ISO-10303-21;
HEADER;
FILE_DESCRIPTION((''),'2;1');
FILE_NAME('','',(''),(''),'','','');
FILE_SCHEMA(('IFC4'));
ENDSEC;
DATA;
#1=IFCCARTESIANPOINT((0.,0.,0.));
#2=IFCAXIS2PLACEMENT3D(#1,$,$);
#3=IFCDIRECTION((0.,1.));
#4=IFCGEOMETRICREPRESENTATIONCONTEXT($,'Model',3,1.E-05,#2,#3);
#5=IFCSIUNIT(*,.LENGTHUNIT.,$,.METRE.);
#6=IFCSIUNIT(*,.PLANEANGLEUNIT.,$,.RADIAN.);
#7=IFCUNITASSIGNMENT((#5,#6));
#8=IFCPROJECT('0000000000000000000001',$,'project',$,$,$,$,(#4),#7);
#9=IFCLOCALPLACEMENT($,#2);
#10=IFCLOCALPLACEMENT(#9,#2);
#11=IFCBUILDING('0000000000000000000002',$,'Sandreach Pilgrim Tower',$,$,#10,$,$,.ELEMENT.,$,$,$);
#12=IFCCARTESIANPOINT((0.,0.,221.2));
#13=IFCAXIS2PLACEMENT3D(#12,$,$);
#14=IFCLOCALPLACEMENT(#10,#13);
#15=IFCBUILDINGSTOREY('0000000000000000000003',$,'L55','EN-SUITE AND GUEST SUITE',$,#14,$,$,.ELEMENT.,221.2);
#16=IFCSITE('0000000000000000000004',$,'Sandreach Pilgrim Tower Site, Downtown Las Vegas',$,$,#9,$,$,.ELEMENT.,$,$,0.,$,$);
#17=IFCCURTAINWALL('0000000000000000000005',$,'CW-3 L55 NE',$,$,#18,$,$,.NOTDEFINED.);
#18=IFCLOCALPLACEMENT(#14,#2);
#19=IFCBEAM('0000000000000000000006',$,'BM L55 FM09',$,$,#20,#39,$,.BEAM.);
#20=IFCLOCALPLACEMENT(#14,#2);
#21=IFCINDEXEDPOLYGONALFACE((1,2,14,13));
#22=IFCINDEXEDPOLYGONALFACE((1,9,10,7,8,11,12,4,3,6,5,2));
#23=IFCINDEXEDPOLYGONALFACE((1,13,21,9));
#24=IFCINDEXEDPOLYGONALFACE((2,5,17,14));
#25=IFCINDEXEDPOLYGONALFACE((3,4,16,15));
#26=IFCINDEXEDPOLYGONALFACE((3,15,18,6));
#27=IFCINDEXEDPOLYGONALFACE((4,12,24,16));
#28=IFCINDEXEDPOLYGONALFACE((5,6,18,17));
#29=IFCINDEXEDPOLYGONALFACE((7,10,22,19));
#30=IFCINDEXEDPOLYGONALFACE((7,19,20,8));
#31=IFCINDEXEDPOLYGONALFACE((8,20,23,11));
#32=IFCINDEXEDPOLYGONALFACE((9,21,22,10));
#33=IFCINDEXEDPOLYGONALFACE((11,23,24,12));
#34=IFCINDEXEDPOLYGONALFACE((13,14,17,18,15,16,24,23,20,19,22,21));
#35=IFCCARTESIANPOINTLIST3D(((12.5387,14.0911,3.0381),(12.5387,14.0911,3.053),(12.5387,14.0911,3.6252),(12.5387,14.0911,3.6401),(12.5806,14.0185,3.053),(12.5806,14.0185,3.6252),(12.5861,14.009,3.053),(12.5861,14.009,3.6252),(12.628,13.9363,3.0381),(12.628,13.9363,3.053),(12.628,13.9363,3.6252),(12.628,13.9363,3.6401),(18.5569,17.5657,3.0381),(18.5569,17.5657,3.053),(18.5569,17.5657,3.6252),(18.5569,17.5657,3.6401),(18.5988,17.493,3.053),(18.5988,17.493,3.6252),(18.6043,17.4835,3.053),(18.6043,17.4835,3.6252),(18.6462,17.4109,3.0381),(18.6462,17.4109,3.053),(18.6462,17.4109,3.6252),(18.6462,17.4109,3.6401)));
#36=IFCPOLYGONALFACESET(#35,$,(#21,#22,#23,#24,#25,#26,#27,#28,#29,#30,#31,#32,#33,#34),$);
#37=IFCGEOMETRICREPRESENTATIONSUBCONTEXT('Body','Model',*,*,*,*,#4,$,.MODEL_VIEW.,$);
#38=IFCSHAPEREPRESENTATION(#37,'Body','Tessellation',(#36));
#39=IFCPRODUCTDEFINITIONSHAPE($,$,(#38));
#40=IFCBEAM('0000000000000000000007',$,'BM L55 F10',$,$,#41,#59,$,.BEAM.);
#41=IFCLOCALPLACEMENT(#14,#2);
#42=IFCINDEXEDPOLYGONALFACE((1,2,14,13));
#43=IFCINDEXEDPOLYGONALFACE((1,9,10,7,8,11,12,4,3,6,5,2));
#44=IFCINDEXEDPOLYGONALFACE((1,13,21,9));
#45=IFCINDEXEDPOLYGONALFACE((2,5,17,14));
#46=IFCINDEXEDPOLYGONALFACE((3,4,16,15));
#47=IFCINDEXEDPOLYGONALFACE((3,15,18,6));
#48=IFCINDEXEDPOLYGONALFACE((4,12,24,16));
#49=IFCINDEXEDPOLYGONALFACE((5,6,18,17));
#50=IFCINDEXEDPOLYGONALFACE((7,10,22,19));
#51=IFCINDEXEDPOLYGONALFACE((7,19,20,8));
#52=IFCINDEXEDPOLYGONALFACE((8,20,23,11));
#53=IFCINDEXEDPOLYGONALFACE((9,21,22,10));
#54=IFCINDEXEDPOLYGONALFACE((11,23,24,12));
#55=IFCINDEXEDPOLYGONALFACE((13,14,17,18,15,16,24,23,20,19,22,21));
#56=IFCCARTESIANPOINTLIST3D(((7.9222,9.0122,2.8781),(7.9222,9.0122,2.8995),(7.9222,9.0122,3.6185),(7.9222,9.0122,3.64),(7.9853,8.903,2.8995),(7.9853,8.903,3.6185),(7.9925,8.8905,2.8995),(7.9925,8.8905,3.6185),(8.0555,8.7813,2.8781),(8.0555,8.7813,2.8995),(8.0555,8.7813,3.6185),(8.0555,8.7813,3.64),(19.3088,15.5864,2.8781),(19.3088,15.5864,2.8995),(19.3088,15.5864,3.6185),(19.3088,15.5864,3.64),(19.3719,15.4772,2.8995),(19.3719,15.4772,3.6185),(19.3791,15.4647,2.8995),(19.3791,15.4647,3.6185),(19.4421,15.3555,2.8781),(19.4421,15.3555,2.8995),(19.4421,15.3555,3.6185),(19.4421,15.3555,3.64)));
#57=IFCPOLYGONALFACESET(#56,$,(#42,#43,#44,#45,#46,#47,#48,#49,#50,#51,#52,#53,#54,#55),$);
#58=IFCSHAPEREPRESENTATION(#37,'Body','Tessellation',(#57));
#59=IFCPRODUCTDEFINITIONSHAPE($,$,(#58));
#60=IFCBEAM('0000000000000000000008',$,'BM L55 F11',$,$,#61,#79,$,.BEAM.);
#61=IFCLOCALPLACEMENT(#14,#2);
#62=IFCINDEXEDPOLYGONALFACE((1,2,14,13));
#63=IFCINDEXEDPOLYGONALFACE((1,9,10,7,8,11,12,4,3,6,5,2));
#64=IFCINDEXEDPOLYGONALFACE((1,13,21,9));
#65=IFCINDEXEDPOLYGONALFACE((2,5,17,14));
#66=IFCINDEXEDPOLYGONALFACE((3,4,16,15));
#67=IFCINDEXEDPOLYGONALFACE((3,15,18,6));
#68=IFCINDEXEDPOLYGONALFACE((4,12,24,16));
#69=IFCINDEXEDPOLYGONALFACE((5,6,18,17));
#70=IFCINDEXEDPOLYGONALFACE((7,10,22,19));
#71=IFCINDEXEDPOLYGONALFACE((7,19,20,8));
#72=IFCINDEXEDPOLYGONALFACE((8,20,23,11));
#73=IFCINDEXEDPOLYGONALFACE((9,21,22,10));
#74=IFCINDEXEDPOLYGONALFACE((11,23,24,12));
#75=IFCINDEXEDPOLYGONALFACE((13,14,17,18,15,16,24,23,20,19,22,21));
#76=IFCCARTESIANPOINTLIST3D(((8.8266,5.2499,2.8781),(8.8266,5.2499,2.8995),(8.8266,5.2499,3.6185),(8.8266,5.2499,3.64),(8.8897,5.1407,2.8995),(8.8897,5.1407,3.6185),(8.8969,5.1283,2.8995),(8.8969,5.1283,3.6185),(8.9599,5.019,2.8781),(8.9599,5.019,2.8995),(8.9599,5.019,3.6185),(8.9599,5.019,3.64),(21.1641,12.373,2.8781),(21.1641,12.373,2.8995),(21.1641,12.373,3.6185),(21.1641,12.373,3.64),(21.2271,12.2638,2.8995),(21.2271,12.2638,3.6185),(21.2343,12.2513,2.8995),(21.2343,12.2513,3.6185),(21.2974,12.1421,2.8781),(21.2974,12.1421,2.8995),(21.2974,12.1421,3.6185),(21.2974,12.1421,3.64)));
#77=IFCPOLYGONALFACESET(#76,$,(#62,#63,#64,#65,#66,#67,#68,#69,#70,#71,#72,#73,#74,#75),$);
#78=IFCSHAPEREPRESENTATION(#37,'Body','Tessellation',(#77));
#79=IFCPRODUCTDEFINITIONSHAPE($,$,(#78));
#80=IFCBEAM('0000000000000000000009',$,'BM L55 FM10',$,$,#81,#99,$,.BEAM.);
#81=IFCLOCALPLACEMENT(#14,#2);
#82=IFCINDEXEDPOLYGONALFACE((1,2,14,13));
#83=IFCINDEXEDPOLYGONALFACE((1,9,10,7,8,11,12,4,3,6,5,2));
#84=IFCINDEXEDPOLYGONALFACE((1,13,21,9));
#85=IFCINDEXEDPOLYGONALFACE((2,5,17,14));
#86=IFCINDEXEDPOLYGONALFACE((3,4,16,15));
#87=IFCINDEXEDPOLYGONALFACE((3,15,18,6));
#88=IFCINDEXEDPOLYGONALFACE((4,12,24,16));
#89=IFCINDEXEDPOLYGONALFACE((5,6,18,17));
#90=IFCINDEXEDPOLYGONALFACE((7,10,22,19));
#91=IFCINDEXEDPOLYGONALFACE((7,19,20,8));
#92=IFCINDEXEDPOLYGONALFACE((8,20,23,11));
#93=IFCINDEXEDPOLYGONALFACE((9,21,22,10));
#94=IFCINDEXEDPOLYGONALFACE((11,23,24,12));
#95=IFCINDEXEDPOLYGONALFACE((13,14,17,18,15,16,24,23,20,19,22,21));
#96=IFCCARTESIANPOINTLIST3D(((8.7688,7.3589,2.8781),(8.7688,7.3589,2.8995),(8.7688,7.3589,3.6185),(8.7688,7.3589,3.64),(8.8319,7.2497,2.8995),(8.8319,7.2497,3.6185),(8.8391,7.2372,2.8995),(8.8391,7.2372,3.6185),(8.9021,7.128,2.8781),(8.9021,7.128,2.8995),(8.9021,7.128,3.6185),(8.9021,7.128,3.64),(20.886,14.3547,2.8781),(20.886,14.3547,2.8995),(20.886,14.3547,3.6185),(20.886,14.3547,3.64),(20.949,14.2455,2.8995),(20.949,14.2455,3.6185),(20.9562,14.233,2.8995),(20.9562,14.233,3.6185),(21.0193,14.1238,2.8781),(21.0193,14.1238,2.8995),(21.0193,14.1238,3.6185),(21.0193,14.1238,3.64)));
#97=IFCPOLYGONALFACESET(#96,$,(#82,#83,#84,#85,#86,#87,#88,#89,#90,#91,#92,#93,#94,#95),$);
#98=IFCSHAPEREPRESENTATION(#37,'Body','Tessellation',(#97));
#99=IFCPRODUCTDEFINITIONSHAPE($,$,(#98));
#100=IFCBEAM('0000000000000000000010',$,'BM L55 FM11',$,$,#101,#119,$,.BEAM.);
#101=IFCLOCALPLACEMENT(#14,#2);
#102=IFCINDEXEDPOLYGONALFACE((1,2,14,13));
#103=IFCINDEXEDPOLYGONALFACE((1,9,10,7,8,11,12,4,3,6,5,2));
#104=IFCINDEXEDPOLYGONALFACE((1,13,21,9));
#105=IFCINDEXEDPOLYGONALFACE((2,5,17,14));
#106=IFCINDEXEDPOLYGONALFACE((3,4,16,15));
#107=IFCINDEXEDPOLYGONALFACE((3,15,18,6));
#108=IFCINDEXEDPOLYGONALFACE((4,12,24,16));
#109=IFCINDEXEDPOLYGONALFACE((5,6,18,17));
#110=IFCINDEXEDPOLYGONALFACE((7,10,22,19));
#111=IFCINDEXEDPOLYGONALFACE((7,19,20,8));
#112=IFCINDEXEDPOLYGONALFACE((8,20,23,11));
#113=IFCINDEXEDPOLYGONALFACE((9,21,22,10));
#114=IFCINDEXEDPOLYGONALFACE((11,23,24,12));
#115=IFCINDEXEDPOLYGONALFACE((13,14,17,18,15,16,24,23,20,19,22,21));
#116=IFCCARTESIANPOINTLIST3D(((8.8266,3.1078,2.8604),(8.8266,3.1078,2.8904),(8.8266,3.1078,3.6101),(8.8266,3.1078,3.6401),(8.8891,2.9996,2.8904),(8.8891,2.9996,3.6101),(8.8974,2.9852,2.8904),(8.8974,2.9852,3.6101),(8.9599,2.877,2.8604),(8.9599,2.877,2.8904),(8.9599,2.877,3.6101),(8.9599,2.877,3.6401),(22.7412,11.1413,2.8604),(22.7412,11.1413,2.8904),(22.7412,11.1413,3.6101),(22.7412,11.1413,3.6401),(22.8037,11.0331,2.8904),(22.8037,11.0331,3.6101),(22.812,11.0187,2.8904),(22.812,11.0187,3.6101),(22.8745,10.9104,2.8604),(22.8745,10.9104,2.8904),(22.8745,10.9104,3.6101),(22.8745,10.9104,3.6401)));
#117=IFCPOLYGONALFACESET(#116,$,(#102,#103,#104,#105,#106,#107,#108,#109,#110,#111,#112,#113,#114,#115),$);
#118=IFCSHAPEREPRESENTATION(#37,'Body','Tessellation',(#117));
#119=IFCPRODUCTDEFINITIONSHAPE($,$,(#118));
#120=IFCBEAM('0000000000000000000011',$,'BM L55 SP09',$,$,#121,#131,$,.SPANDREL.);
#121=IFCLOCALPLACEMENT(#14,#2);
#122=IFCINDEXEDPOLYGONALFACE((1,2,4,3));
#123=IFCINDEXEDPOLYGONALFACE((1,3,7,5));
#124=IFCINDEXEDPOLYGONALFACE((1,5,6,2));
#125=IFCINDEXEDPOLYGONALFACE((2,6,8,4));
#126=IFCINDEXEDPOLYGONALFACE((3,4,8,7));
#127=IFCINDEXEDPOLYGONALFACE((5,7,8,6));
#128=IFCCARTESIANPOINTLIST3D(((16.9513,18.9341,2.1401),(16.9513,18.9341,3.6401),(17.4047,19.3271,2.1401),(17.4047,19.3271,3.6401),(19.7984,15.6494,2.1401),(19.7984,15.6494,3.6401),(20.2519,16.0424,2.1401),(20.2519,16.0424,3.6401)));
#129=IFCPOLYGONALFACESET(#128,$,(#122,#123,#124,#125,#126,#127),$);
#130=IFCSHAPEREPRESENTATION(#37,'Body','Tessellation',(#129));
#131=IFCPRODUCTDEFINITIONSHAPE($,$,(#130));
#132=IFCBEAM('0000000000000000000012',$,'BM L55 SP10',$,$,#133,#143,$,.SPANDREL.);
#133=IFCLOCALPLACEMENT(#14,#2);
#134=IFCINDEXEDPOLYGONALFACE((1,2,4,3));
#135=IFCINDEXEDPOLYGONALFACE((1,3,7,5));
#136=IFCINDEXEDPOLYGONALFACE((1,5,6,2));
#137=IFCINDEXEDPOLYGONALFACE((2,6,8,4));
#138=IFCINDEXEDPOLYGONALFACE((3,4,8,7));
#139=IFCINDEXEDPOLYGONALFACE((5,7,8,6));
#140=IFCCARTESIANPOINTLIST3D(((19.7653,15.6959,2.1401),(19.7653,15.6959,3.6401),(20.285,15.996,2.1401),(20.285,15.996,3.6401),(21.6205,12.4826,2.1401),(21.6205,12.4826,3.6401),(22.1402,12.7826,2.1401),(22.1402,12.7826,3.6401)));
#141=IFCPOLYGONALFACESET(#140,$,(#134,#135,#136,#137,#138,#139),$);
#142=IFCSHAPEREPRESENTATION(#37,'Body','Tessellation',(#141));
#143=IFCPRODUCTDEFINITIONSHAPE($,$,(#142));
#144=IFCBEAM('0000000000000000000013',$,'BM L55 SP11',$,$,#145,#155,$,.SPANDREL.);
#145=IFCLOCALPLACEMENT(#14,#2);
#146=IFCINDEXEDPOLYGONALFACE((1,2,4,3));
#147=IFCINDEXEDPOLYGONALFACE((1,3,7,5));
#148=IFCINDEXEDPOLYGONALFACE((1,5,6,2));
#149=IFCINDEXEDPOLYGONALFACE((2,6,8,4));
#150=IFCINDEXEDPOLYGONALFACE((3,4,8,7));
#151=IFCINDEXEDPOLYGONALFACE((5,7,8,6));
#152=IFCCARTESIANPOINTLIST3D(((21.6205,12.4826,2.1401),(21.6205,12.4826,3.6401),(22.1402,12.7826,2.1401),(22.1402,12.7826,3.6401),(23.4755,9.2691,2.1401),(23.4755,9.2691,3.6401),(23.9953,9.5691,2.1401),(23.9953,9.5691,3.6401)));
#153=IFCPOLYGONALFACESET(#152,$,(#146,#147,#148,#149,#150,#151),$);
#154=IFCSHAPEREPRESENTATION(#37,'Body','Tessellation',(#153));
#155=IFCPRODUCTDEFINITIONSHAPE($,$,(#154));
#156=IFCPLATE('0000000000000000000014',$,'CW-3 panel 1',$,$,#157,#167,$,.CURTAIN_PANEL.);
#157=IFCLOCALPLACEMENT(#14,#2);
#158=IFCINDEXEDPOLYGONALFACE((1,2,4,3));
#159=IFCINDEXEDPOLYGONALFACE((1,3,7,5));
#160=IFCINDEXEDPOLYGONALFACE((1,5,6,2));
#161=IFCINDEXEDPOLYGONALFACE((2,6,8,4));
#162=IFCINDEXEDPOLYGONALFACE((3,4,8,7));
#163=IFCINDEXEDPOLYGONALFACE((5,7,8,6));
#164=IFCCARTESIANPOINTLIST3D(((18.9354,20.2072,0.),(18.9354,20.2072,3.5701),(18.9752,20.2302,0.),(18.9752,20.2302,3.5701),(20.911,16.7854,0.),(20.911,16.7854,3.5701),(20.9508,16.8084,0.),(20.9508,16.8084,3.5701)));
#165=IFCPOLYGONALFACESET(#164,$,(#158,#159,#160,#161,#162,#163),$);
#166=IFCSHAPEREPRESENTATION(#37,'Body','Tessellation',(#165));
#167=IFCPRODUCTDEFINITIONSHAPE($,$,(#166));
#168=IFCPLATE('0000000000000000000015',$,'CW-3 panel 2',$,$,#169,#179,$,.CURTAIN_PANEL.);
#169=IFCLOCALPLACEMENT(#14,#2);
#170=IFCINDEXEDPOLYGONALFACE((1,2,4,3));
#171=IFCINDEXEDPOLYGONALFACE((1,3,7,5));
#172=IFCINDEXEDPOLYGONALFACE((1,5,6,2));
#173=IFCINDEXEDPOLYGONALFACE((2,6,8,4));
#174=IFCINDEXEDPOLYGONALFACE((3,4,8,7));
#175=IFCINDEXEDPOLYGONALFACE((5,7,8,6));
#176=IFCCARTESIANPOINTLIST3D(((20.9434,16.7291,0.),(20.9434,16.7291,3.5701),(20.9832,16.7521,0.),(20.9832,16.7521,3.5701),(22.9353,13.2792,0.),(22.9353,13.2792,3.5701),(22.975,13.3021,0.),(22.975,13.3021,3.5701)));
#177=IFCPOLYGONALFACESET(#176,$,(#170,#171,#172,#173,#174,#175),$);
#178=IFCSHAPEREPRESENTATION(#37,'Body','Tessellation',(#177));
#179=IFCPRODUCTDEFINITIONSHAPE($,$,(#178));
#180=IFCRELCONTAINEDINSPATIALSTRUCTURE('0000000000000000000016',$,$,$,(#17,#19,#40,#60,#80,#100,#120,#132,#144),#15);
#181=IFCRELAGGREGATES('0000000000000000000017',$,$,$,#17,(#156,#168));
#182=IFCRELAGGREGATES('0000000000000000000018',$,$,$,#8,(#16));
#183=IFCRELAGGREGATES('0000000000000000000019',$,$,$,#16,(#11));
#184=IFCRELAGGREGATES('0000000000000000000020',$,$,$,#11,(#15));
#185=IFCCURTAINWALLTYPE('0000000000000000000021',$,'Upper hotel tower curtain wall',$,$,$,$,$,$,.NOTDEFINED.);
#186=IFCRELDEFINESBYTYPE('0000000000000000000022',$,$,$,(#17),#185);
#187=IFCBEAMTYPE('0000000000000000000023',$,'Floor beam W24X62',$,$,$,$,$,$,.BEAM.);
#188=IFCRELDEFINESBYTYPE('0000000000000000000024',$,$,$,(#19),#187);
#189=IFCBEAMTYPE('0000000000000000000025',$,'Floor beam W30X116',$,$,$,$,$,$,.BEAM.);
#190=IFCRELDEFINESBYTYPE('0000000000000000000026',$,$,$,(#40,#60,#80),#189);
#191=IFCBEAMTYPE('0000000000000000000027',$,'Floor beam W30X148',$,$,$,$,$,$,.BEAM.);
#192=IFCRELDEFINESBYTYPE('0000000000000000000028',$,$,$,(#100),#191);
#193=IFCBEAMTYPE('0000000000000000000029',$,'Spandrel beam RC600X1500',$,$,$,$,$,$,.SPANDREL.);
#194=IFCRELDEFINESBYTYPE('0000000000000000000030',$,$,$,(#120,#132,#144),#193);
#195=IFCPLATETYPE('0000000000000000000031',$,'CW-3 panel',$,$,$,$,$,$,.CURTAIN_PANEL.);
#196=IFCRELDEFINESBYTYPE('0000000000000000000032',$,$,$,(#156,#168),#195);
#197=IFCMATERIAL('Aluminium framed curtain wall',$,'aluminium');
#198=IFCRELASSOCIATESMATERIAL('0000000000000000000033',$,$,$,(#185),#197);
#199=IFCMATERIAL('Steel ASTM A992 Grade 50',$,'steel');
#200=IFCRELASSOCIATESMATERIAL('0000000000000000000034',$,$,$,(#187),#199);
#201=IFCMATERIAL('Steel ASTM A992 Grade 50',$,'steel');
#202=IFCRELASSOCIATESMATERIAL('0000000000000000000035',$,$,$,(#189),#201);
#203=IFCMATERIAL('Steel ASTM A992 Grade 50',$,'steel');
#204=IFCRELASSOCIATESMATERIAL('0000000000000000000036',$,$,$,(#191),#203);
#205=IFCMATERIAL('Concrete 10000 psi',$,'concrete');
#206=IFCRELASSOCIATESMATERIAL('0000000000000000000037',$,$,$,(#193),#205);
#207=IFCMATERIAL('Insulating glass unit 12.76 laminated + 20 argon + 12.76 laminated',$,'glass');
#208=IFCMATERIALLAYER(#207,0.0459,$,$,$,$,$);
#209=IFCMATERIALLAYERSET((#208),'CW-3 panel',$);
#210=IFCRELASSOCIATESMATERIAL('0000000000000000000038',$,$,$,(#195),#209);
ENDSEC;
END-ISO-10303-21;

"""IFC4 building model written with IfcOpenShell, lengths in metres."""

from ifc_helpers import new_model, si_unit, direction, frame, origin, origin_2d, place, context, subcontext, project, spatial, rectangle, i_section, extrude, material, layer, layer_set, material_profile, profile_set, type_object, element, aggregate, save


model = new_model("IFC4")

# Units and contexts
model_context = context("Model", 3, precision=1e-05, world=origin(), true_north=direction((0.0, 1.0)))
body_context = subcontext(model_context, "Body", "Model", "MODEL_VIEW")
ifc_project = project(units=[si_unit("LENGTHUNIT", "METRE"), si_unit("PLANEANGLEUNIT", "RADIAN")], contexts=[model_context])

# Site, building, storey
site_placement = place(None, origin())
site = spatial("IfcSite", under=ifc_project, at=site_placement, Name="Sandreach Pilgrim Tower Site, Downtown Las Vegas", CompositionType="ELEMENT", RefElevation=0.0)
building_placement = place(site_placement, origin())
building = spatial("IfcBuilding", under=site, at=building_placement, Name="Sandreach Pilgrim Tower", CompositionType="ELEMENT")
storey_placement = place(building_placement, frame((0.0, 0.0, 221.2)))
storey = spatial("IfcBuildingStorey", under=building, at=storey_placement, Name="L55", Description="EN-SUITE AND GUEST SUITE", CompositionType="ELEMENT", Elevation=221.2)

# Shared definitions
ifc_material_1 = material(Name="Aluminium framed curtain wall", Category="aluminium")
curtain_wall_type = type_object("IfcCurtainWallType", Name="Upper hotel tower curtain wall", PredefinedType="NOTDEFINED", material=ifc_material_1)

# Curtain wall
curtain_wall_1_placement = place(storey_placement, origin())
curtain_wall_1 = element("IfcCurtainWall", 1, at=curtain_wall_1_placement, inside=storey, type_object=curtain_wall_type, Name="CW-3 L55 NE", PredefinedType="NOTDEFINED")

# Beams
ifc_material_2 = material(Name="Steel ASTM A992 Grade 50", Category="steel")
ifc_material_profile_1 = material_profile(ifc_material_2, i_section(OverallWidth=0.1787, OverallDepth=0.6021, WebThickness=0.011, FlangeThickness=0.0149, at=origin_2d()), Name="W24X62")
ifc_profile_set_1 = profile_set([ifc_material_profile_1], Name="Steel ASTM A992 Grade 50")
beam_type_1 = type_object("IfcBeamType", Name="Floor beam W24X62", PredefinedType="BEAM", material=ifc_profile_set_1)
beam_1_placement = place(storey_placement, frame((18.6016, 17.4883, 3.3391), z_axis=(-0.866029, -0.499993, 0.0), x_axis=(0.499993, -0.866029, 0.0)))
element("IfcBeam", 2, at=beam_1_placement, inside=storey, type_object=beam_type_1, Name="BM L55 FM09", PredefinedType="BEAM", context=body_context, shape_type="SweptSolid", body=[
    extrude(i_section(OverallWidth=0.1787, OverallDepth=0.6021, WebThickness=0.011, FlangeThickness=0.0149, at=origin_2d()), origin(), (0.0, 0.0, 1.0), 6.9492),
])
ifc_material_3 = material(Name="Steel ASTM A992 Grade 50", Category="steel")
ifc_material_profile_2 = material_profile(ifc_material_3, i_section(OverallWidth=0.2666, OverallDepth=0.762, WebThickness=0.0144, FlangeThickness=0.0215, at=origin_2d()), Name="W30X116")
ifc_profile_set_2 = profile_set([ifc_material_profile_2], Name="Steel ASTM A992 Grade 50")
beam_type_2 = type_object("IfcBeamType", Name="Floor beam W30X116", PredefinedType="BEAM", material=ifc_profile_set_2)
beam_2_placement = place(storey_placement, frame((19.3755, 15.4709, 3.259), z_axis=(-0.866022, -0.500005, 0.0), x_axis=(0.500005, -0.866022, 0.0)))
element("IfcBeam", 3, at=beam_2_placement, inside=storey, type_object=beam_type_2, Name="BM L55 F10", PredefinedType="BEAM", context=body_context, shape_type="SweptSolid", body=[
    extrude(i_section(OverallWidth=0.2666, OverallDepth=0.762, WebThickness=0.0144, FlangeThickness=0.0215, at=origin_2d()), origin(), (0.0, 0.0, 1.0), 13.1482),
])
beam_3_placement = place(storey_placement, frame((21.2307, 12.2576, 3.259), z_axis=(-0.866024, -0.500002, 0.0), x_axis=(0.500002, -0.866024, 0.0)))
element("IfcBeam", 4, at=beam_3_placement, inside=storey, type_object=beam_type_2, Name="BM L55 F11", PredefinedType="BEAM", context=body_context, shape_type="SweptSolid", body=[
    extrude(i_section(OverallWidth=0.2666, OverallDepth=0.762, WebThickness=0.0144, FlangeThickness=0.0215, at=origin_2d()), origin(), (0.0, 0.0, 1.0), 14.2461),
])
beam_4_placement = place(storey_placement, frame((20.9526, 14.2393, 3.259), z_axis=(-0.866026, -0.499999, 0.0), x_axis=(0.499999, -0.866026, 0.0)))
element("IfcBeam", 5, at=beam_4_placement, inside=storey, type_object=beam_type_2, Name="BM L55 FM10", PredefinedType="BEAM", context=body_context, shape_type="SweptSolid", body=[
    extrude(i_section(OverallWidth=0.2666, OverallDepth=0.762, WebThickness=0.0144, FlangeThickness=0.0215, at=origin_2d()), origin(), (0.0, 0.0, 1.0), 13.9917),
])
ifc_material_4 = material(Name="Steel ASTM A992 Grade 50", Category="steel")
ifc_material_profile_3 = material_profile(ifc_material_4, i_section(OverallWidth=0.2666, OverallDepth=0.7798, WebThickness=0.0166, FlangeThickness=0.03, at=origin_2d()), Name="W30X148")
ifc_profile_set_3 = profile_set([ifc_material_profile_3], Name="Steel ASTM A992 Grade 50")
beam_type_3 = type_object("IfcBeamType", Name="Floor beam W30X148", PredefinedType="BEAM", material=ifc_profile_set_3)
beam_5_placement = place(storey_placement, frame((22.8079, 11.0259, 3.2502), z_axis=(-0.866029, -0.499994, 0.0), x_axis=(0.499994, -0.866029, 0.0)))
element("IfcBeam", 6, at=beam_5_placement, inside=storey, type_object=beam_type_3, Name="BM L55 FM11", PredefinedType="BEAM", context=body_context, shape_type="SweptSolid", body=[
    extrude(i_section(OverallWidth=0.2666, OverallDepth=0.7798, WebThickness=0.0166, FlangeThickness=0.03, at=origin_2d()), origin(), (0.0, 0.0, 1.0), 16.0671),
])
ifc_material_5 = material(Name="Concrete 10000 psi", Category="concrete")
ifc_material_profile_4 = material_profile(ifc_material_5, rectangle(XDim=0.6001, YDim=1.5, at=origin_2d()), Name="RC600X1500")
ifc_profile_set_4 = profile_set([ifc_material_profile_4], Name="Concrete 10000 psi")
beam_type_4 = type_object("IfcBeamType", Name="Spandrel beam RC600X1500", PredefinedType="SPANDREL", material=ifc_profile_set_4)
beam_6_placement = place(storey_placement, frame((17.178, 19.1306, 2.8901), z_axis=(0.65499, -0.755637, 0.0), x_axis=(0.755637, 0.65499, 0.0)))
element("IfcBeam", 7, at=beam_6_placement, inside=storey, type_object=beam_type_4, Name="BM L55 SP09", PredefinedType="SPANDREL", context=body_context, shape_type="SweptSolid", body=[
    extrude(rectangle(XDim=0.6001, YDim=1.5, at=origin_2d()), origin(), (0.0, 0.0, 1.0), 4.3469),
])
for number, where, z_axis, x_axis, name in (
    (8, (20.0251, 15.8459, 2.8901), (0.499996, -0.866028, 0.0), (0.866028, 0.499996, 0.0), "BM L55 SP10"),
    (9, (21.8804, 12.6326, 2.8901), (0.499946, -0.866056, 0.0), (0.866056, 0.499946, 0.0), "BM L55 SP11"),
):
    element("IfcBeam", number, at=place(storey_placement, frame(where, z_axis=z_axis, x_axis=x_axis)), inside=storey, type_object=beam_type_4, Name=name, PredefinedType="SPANDREL", context=body_context, shape_type="SweptSolid", body=[
        extrude(rectangle(XDim=0.6001, YDim=1.5, at=origin_2d()), origin(), (0.0, 0.0, 1.0), 3.7104),
    ])

# Plates
ifc_material_6 = material(Name="Insulating glass unit 12.76 laminated + 20 argon + 12.76 laminated", Category="glass")
ifc_layer_1 = layer(ifc_material_6, 0.0459)
ifc_layer_set_1 = layer_set([ifc_layer_1], Name="CW-3 panel")
plate_type = type_object("IfcPlateType", Name="CW-3 panel", PredefinedType="CURTAIN_PANEL", material=ifc_layer_set_1)
plate_1_placement = place(storey_placement, frame((19.9431, 18.5078, 0.0), z_axis=(0.0, 0.0, 1.0), x_axis=(0.5, -0.866025, 0.0)))
plate_1 = element("IfcPlate", 10, at=plate_1_placement, type_object=plate_type, Name="CW-3 panel 1", PredefinedType="CURTAIN_PANEL", context=body_context, shape_type="SweptSolid", body=[
    extrude(rectangle(XDim=3.9512, YDim=0.0459, at=origin_2d()), origin(), (0.0, 0.0, 1.0), 3.5701),
])
plate_2_placement = place(storey_placement, frame((21.9592, 15.0156, 0.0), z_axis=(0.0, 0.0, 1.0), x_axis=(0.5, -0.866025, 0.0)))
plate_2 = element("IfcPlate", 11, at=plate_2_placement, type_object=plate_type, Name="CW-3 panel 2", PredefinedType="CURTAIN_PANEL", context=body_context, shape_type="SweptSolid", body=[
    extrude(rectangle(XDim=3.9836, YDim=0.0459, at=origin_2d()), origin(), (0.0, 0.0, 1.0), 3.5701),
])
aggregate(curtain_wall_1, [plate_1, plate_2])

save(model, "model.ifc")
